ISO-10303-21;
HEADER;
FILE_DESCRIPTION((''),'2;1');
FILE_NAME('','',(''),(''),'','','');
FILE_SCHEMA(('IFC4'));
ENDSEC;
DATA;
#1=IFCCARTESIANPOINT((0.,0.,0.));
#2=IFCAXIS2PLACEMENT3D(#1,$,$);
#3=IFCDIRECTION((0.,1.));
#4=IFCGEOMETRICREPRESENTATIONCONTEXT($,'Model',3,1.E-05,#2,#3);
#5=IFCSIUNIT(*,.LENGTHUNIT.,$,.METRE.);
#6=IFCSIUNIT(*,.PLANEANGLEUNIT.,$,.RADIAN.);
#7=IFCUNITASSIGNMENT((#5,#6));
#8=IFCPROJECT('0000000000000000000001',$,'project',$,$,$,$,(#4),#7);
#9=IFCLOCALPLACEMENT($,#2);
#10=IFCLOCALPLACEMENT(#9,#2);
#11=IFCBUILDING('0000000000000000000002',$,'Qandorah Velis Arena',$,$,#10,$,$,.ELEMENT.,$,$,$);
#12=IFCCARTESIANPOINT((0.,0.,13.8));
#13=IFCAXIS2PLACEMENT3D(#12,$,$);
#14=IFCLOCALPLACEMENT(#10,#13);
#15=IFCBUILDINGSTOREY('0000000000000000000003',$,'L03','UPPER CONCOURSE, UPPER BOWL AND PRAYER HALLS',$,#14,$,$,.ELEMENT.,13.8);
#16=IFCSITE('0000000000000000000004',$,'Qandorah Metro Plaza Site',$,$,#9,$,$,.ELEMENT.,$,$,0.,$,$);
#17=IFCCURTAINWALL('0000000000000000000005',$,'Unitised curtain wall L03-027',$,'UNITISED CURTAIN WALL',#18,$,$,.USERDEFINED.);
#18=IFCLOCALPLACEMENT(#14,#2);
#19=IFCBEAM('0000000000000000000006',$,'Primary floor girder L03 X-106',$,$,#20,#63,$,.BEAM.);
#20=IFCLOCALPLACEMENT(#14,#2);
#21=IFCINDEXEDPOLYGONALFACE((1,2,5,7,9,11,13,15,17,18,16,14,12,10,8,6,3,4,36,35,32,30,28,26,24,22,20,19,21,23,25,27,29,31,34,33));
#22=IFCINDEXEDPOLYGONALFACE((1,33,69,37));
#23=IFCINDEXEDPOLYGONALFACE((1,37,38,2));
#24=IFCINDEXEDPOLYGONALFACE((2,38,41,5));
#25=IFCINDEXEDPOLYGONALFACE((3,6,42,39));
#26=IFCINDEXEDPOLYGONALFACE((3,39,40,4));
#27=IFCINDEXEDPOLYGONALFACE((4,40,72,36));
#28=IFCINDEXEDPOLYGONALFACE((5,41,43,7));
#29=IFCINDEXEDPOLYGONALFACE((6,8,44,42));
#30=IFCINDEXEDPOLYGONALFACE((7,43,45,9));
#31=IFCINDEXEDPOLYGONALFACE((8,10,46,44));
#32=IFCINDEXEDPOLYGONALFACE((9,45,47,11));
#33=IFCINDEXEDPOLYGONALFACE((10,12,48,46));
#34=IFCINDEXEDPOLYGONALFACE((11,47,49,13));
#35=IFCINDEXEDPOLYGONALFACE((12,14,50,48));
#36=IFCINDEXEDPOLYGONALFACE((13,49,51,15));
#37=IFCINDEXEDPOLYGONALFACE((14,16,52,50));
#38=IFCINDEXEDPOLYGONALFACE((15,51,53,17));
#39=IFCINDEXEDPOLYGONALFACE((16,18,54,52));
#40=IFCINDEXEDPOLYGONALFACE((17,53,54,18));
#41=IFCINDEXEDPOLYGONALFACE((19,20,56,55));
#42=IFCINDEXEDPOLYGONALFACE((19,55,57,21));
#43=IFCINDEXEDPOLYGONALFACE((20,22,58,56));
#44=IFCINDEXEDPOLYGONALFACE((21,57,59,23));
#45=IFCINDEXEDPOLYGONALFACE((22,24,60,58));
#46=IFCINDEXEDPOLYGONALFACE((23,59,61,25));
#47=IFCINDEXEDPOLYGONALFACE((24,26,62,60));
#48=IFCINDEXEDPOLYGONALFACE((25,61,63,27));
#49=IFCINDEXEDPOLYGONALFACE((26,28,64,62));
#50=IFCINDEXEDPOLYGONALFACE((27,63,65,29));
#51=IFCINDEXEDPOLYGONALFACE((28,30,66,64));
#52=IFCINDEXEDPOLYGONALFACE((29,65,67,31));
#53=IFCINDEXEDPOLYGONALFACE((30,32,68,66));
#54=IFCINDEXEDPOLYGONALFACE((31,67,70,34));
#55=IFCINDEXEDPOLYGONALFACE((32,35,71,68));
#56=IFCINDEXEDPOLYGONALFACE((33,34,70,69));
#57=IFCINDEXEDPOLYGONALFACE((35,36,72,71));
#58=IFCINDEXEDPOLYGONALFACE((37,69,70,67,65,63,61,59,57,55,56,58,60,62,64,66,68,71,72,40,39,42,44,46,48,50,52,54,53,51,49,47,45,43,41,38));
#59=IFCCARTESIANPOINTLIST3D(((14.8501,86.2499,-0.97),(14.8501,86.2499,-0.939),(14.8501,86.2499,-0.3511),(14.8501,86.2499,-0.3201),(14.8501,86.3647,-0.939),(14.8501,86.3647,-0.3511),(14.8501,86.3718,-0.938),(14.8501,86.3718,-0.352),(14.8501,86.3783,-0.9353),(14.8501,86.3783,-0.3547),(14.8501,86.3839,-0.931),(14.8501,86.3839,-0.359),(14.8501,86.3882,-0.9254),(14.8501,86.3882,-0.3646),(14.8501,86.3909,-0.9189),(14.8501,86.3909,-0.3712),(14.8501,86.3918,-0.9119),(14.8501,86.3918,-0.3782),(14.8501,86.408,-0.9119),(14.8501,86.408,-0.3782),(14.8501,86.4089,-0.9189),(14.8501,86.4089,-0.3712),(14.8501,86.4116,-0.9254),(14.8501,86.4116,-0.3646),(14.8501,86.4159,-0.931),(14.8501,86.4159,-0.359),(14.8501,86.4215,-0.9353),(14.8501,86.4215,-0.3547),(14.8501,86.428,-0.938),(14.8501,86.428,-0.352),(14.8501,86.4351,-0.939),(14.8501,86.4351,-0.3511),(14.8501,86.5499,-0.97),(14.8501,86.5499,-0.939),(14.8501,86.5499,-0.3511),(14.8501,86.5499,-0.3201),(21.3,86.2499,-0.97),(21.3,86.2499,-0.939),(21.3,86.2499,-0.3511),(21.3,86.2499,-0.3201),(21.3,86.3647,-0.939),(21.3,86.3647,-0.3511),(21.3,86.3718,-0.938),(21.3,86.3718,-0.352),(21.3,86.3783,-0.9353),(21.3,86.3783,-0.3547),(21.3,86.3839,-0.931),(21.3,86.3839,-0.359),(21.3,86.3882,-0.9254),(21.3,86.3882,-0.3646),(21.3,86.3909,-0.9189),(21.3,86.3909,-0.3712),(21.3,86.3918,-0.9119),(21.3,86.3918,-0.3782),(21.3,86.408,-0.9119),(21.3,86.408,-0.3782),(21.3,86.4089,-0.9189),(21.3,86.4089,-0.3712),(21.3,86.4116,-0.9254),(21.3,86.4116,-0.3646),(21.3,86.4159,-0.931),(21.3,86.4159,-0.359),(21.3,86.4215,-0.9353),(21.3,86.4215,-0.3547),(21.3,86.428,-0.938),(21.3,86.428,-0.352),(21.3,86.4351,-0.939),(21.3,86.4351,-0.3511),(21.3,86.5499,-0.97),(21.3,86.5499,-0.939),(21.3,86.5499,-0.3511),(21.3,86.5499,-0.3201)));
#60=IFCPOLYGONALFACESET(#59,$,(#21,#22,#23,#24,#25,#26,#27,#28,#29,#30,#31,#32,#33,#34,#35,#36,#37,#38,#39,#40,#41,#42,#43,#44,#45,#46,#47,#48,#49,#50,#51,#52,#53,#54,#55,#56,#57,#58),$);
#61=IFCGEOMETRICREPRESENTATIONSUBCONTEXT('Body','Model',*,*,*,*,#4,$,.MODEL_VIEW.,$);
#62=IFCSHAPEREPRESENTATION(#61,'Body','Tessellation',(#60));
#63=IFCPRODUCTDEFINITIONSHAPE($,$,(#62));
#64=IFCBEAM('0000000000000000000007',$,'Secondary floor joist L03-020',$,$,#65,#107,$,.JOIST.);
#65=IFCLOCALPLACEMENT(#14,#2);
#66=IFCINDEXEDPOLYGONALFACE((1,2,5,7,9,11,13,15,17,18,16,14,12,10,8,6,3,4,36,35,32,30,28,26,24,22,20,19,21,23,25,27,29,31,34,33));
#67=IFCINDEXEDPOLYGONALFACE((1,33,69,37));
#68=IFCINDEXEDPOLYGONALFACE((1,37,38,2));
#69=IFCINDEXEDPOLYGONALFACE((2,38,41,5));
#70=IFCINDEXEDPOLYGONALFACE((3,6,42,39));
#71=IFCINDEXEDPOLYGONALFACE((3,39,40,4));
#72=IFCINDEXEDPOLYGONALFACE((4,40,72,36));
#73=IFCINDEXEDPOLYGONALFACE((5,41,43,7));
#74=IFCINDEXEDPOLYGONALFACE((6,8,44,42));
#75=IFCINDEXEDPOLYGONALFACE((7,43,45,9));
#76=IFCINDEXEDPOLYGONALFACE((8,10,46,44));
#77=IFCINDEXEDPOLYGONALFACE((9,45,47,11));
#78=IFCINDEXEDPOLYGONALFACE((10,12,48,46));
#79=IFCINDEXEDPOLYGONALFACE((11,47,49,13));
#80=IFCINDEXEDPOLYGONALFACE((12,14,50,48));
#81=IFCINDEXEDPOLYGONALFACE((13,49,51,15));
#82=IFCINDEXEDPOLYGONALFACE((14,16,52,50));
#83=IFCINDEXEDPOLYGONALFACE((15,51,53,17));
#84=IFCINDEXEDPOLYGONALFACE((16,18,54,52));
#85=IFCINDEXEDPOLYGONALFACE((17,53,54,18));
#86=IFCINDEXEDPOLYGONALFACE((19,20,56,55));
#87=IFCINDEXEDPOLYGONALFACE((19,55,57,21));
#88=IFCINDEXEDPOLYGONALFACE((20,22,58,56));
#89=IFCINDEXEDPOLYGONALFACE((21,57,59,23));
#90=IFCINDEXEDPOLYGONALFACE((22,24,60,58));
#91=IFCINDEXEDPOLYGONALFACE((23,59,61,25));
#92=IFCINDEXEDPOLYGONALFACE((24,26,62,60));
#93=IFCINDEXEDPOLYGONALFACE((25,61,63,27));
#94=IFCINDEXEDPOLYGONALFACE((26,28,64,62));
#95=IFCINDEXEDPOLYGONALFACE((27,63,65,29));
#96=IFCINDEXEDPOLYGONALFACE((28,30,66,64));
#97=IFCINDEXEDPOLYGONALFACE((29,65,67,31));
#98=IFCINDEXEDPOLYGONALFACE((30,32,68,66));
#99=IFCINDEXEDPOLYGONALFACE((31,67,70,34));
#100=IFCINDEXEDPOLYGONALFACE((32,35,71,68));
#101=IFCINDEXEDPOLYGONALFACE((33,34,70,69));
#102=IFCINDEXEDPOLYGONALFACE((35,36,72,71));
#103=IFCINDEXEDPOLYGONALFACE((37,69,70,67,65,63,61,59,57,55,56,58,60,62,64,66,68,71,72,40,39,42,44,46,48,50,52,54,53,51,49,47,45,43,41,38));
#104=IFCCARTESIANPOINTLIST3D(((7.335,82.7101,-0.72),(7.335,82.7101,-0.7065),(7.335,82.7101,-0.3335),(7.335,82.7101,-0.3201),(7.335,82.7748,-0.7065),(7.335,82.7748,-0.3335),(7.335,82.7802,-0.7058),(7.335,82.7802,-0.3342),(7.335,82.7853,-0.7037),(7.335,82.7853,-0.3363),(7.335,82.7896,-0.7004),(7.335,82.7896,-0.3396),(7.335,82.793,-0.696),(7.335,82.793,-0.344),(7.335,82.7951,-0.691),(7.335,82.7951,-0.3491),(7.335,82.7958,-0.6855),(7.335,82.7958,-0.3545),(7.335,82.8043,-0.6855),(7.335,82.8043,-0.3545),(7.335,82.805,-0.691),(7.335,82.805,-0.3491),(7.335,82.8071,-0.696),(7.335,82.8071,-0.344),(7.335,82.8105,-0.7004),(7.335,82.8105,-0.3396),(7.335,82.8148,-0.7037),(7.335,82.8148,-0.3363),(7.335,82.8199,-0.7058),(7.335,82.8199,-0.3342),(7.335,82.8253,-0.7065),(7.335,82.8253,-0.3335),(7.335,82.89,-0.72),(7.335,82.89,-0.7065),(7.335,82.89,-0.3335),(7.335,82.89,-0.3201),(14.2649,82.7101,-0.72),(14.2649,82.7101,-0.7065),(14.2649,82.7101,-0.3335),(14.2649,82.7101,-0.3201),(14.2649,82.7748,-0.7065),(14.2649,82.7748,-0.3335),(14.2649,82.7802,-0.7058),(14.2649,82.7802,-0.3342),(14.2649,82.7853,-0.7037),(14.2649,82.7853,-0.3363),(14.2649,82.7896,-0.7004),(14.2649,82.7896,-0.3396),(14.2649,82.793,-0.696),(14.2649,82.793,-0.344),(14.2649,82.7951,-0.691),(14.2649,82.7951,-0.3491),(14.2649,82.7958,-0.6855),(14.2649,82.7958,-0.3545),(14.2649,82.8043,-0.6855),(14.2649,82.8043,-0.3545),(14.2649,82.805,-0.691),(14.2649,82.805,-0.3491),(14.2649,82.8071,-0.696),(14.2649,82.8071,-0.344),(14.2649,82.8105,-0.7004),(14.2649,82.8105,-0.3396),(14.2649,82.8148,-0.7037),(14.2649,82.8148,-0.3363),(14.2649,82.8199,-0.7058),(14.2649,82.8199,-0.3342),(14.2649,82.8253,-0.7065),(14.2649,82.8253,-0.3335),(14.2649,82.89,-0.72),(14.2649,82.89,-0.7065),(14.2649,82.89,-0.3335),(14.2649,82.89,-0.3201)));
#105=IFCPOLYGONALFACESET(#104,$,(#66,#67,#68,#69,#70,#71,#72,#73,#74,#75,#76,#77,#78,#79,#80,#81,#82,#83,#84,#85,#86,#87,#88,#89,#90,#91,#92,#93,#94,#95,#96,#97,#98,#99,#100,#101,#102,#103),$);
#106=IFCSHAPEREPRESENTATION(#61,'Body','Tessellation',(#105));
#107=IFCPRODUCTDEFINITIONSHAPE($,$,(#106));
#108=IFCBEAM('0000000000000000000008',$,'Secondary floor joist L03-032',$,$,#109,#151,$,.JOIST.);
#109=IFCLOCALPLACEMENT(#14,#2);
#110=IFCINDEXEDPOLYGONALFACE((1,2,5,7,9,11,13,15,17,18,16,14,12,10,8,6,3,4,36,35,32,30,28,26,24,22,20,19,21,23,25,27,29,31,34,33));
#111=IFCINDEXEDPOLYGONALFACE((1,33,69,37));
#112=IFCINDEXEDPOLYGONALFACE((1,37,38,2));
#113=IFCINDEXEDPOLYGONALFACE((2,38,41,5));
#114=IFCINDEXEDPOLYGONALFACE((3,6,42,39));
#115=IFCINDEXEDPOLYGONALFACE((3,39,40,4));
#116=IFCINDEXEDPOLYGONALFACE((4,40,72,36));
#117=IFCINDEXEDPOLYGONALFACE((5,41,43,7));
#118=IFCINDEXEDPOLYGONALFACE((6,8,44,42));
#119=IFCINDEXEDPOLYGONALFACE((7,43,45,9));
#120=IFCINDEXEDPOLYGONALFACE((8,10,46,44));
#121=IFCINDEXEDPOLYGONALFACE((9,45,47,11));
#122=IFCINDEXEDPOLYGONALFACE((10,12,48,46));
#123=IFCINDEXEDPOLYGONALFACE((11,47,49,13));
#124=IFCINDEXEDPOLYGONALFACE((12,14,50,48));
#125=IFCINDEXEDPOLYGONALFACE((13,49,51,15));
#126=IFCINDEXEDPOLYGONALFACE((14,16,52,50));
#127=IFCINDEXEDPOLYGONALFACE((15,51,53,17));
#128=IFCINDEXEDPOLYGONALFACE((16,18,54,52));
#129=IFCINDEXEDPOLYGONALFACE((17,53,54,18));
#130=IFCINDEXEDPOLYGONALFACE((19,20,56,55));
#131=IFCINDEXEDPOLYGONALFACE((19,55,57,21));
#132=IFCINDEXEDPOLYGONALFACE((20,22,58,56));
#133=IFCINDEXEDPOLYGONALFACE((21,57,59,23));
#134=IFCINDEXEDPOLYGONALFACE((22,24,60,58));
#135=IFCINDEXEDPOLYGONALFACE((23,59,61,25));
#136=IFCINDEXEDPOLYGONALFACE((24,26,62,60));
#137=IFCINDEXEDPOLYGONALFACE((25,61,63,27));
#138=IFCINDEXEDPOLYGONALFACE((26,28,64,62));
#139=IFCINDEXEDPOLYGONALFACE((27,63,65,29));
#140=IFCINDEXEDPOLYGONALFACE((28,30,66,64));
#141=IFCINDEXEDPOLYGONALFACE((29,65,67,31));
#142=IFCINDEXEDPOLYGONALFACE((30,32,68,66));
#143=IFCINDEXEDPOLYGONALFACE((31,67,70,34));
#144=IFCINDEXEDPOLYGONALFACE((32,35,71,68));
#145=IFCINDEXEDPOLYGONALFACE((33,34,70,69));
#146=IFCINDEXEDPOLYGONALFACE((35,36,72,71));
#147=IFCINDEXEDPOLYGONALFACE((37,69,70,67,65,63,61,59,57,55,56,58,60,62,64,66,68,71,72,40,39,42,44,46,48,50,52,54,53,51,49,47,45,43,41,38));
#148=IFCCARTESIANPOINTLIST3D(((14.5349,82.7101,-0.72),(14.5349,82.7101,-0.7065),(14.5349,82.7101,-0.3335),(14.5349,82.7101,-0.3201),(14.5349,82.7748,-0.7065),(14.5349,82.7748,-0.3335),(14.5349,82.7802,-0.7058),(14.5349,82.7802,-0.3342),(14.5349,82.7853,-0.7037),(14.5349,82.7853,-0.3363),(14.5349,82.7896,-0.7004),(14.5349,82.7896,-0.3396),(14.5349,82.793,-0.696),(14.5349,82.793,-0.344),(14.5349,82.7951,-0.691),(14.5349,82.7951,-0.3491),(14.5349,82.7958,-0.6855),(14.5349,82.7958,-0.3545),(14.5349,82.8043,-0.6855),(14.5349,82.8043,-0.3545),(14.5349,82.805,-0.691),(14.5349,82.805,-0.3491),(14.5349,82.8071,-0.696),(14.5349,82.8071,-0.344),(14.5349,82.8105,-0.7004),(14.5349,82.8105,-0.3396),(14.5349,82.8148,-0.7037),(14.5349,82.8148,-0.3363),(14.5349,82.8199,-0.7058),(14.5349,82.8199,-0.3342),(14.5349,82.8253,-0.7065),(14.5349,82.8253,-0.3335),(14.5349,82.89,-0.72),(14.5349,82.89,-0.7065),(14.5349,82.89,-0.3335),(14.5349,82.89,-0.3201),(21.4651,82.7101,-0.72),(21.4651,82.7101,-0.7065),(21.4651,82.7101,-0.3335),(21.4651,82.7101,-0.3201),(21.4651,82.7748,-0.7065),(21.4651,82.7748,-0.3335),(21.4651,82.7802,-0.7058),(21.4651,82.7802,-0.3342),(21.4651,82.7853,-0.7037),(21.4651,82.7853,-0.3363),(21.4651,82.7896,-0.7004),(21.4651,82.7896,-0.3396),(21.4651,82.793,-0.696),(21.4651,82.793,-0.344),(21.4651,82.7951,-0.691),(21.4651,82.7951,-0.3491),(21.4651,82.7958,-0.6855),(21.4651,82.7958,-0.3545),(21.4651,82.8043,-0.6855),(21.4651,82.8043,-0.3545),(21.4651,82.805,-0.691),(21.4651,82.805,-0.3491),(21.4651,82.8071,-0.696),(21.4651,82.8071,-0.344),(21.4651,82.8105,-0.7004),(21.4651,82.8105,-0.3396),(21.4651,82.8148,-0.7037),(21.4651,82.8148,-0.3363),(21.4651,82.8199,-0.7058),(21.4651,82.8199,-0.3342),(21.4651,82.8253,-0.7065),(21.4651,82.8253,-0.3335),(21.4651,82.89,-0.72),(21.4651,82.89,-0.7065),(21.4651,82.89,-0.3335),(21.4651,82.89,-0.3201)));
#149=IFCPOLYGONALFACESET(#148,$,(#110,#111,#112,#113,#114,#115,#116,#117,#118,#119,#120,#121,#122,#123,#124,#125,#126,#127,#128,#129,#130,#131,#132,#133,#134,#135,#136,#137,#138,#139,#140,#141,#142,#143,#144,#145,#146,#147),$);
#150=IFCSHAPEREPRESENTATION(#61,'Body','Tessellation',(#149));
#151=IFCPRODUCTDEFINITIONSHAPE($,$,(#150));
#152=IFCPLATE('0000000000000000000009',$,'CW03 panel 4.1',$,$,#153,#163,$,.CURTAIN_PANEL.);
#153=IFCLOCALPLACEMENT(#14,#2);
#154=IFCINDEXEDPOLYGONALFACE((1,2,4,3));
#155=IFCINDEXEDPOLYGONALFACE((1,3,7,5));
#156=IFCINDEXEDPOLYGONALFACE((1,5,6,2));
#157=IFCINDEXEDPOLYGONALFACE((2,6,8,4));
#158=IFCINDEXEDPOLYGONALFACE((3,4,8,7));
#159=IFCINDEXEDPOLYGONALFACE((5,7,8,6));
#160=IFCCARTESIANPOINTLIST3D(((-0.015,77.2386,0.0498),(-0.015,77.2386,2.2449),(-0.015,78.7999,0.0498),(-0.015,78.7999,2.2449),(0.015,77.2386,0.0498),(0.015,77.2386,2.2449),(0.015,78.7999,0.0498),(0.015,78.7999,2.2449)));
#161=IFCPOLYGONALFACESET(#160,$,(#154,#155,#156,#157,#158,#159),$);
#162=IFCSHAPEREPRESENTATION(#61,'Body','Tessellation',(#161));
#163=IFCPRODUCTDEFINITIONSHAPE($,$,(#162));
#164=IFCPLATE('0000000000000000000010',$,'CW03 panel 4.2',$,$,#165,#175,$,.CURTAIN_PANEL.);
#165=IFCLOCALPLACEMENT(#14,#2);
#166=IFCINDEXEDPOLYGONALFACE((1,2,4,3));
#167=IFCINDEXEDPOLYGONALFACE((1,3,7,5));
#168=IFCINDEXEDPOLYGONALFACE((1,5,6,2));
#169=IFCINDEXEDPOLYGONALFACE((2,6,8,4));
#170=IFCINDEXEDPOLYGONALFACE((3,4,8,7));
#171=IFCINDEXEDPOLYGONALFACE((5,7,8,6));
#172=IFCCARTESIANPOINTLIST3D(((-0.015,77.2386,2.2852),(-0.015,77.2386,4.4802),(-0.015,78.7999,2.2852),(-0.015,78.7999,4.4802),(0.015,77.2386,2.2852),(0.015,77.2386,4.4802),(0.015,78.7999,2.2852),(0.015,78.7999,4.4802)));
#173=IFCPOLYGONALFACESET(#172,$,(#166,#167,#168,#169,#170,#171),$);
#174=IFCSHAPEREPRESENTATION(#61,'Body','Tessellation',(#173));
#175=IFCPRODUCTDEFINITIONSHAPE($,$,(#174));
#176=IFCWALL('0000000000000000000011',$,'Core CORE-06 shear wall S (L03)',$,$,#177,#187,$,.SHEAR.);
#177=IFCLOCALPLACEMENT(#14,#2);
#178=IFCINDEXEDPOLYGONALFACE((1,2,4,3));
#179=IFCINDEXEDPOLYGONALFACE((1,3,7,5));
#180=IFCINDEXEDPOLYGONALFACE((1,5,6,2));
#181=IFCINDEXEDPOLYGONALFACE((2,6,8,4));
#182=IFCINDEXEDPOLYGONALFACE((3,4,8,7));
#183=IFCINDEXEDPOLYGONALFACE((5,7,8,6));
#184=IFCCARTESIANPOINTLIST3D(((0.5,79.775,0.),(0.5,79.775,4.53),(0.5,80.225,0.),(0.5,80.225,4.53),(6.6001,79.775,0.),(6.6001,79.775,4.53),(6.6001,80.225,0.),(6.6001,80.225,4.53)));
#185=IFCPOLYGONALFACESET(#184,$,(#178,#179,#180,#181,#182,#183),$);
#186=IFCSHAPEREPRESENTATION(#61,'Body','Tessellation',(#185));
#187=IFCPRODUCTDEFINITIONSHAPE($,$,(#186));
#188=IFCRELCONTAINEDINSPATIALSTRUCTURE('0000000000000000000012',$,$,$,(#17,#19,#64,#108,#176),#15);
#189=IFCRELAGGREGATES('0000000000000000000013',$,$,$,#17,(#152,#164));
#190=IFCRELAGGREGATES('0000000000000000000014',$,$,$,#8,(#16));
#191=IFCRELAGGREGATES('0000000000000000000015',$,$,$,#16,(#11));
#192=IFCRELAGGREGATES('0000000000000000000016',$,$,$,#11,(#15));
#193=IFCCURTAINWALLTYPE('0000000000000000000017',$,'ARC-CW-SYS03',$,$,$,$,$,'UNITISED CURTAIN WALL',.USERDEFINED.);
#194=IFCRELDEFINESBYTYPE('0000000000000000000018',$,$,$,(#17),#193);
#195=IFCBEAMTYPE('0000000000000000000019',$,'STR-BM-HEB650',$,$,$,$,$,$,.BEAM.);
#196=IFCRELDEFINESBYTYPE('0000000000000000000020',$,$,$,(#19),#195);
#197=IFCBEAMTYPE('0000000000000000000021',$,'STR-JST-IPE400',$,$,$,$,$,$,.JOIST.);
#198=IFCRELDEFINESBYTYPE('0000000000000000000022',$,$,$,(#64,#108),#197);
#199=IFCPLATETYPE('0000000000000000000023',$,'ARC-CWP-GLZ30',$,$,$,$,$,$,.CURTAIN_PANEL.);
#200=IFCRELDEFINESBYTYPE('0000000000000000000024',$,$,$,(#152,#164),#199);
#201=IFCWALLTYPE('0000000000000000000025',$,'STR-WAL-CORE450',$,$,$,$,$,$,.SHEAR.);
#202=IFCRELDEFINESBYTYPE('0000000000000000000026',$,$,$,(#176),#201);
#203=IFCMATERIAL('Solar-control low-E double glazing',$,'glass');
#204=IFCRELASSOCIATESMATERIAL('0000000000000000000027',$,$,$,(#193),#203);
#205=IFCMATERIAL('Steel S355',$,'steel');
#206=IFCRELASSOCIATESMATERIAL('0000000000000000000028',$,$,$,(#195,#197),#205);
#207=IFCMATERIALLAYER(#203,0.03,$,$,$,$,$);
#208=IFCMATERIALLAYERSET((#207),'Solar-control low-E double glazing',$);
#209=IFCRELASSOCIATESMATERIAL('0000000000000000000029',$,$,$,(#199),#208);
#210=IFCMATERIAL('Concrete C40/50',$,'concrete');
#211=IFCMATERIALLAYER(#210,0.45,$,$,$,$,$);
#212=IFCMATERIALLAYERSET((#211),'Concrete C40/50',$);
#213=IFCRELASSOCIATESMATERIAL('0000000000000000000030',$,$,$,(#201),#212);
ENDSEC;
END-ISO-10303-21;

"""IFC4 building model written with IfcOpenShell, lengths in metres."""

from ifc_helpers import new_model, si_unit, direction, frame, frame_2d, origin, origin_2d, place, context, subcontext, project, spatial, rectangle, i_section, extrude, material, layer, layer_set, material_profile, profile_set, type_object, element, aggregate, save


model = new_model("IFC4")

# Units and contexts
model_context = context("Model", 3, precision=1e-05, world=origin(), true_north=direction((0.0, 1.0)))
body_context = subcontext(model_context, "Body", "Model", "MODEL_VIEW")
ifc_project = project(units=[si_unit("LENGTHUNIT", "METRE"), si_unit("PLANEANGLEUNIT", "RADIAN")], contexts=[model_context])

# Site, building, storey
site_placement = place(None, origin())
site = spatial("IfcSite", under=ifc_project, at=site_placement, Name="Qandorah Metro Plaza Site", CompositionType="ELEMENT", RefElevation=0.0)
building_placement = place(site_placement, origin())
building = spatial("IfcBuilding", under=site, at=building_placement, Name="Qandorah Velis Arena", CompositionType="ELEMENT")
storey_placement = place(building_placement, frame((0.0, 0.0, 13.8)))
storey = spatial("IfcBuildingStorey", under=building, at=storey_placement, Name="L03", Description="UPPER CONCOURSE, UPPER BOWL AND PRAYER HALLS", CompositionType="ELEMENT", Elevation=13.8)

# Shared definitions
ifc_material_1 = material(Name="Concrete C40/50", Category="concrete")

# Curtain wall
ifc_material_2 = material(Name="Solar-control low-E double glazing", Category="glass")
curtain_wall_type = type_object("IfcCurtainWallType", Name="ARC-CW-SYS03", ElementType="UNITISED CURTAIN WALL", PredefinedType="USERDEFINED", material=ifc_material_2)
curtain_wall_placement = place(storey_placement, origin())
curtain_wall = element("IfcCurtainWall", 1, at=curtain_wall_placement, inside=storey, type_object=curtain_wall_type, Name="Unitised curtain wall L03-027", ObjectType="UNITISED CURTAIN WALL", PredefinedType="USERDEFINED")

# Beams
ifc_material_3 = material(Name="Steel S355", Category="steel")
ifc_material_profile_1 = material_profile(ifc_material_3, i_section(OverallWidth=0.3, OverallDepth=0.6499, WebThickness=0.0161, FlangeThickness=0.031, FilletRadius=0.0271, at=origin_2d()), Name="HEB 650")
ifc_profile_set_1 = profile_set([ifc_material_profile_1], Name="Steel S355")
beam_type_1 = type_object("IfcBeamType", Name="STR-BM-HEB650", PredefinedType="BEAM", material=ifc_profile_set_1)
for number, where, z_axis, x_axis, name in (
    (2, (14.8501, 86.3999, -0.645), (1.0, 0.0, 0.0), (0.0, 1.0, 0.0), "Primary floor girder L03 X-106"),
):
    element("IfcBeam", number, at=place(storey_placement, frame(where, z_axis=z_axis, x_axis=x_axis)), inside=storey, type_object=beam_type_1, Name=name, PredefinedType="BEAM", context=body_context, shape_type="SweptSolid", body=[
        extrude(i_section(OverallWidth=0.3, OverallDepth=0.6499, WebThickness=0.0161, FlangeThickness=0.031, FilletRadius=0.0271, at=origin_2d()), origin(), (0.0, 0.0, 1.0), 6.45),
    ])
ifc_material_profile_2 = material_profile(ifc_material_3, i_section(OverallWidth=0.1799, OverallDepth=0.3999, WebThickness=0.0085, FlangeThickness=0.0134, FilletRadius=0.021, at=origin_2d()), Name="IPE 400")
ifc_profile_set_2 = profile_set([ifc_material_profile_2], Name="Steel S355")
beam_type_2 = type_object("IfcBeamType", Name="STR-JST-IPE400", PredefinedType="JOIST", material=ifc_profile_set_2)
beam_1_placement = place(storey_placement, frame((7.335, 82.8, -0.52), z_axis=(1.0, 0.0, 0.0), x_axis=(0.0, 1.0, 0.0)))
element("IfcBeam", 3, at=beam_1_placement, inside=storey, type_object=beam_type_2, Name="Secondary floor joist L03-020", PredefinedType="JOIST", context=body_context, shape_type="SweptSolid", body=[
    extrude(i_section(OverallWidth=0.1799, OverallDepth=0.3999, WebThickness=0.0085, FlangeThickness=0.0134, FilletRadius=0.021, at=origin_2d()), origin(), (0.0, 0.0, 1.0), 6.9299),
])
beam_2_placement = place(storey_placement, frame((14.5349, 82.8, -0.52), z_axis=(1.0, 0.0, 0.0), x_axis=(0.0, 1.0, 0.0)))
element("IfcBeam", 4, at=beam_2_placement, inside=storey, type_object=beam_type_2, Name="Secondary floor joist L03-032", PredefinedType="JOIST", context=body_context, shape_type="SweptSolid", body=[
    extrude(i_section(OverallWidth=0.1799, OverallDepth=0.3999, WebThickness=0.0085, FlangeThickness=0.0134, FilletRadius=0.021, at=origin_2d()), origin(), (0.0, 0.0, 1.0), 6.9302),
])

# Plates
ifc_layer_1 = layer(ifc_material_2, 0.03)
ifc_layer_set_1 = layer_set([ifc_layer_1], Name="Solar-control low-E double glazing")
plate_type = type_object("IfcPlateType", Name="ARC-CWP-GLZ30", PredefinedType="CURTAIN_PANEL", material=ifc_layer_set_1)
plate_1_placement = place(storey_placement, frame((0.0, 78.0193, 0.0498), z_axis=(0.0, 0.0, 1.0), x_axis=(0.0, 1.0, 0.0)))
plate_1 = element("IfcPlate", 5, at=plate_1_placement, type_object=plate_type, Name="CW03 panel 4.1", PredefinedType="CURTAIN_PANEL", context=body_context, shape_type="SweptSolid", body=[
    extrude(rectangle(XDim=1.5613, YDim=0.03, at=origin_2d()), origin(), (0.0, 0.0, 1.0), 2.1951),
])
plate_2_placement = place(storey_placement, frame((0.0, 78.0193, 2.2852), z_axis=(0.0, 0.0, 1.0), x_axis=(0.0, 1.0, 0.0)))
plate_2 = element("IfcPlate", 6, at=plate_2_placement, type_object=plate_type, Name="CW03 panel 4.2", PredefinedType="CURTAIN_PANEL", context=body_context, shape_type="SweptSolid", body=[
    extrude(rectangle(XDim=1.5613, YDim=0.03, at=origin_2d()), origin(), (0.0, 0.0, 1.0), 2.1951),
])
aggregate(curtain_wall, [plate_1, plate_2])

# Wall
ifc_layer_2 = layer(ifc_material_1, 0.45)
ifc_layer_set_2 = layer_set([ifc_layer_2], Name="Concrete C40/50")
wall_type_1 = type_object("IfcWallType", Name="STR-WAL-CORE450", PredefinedType="SHEAR", material=ifc_layer_set_2)
wall_1_placement = place(storey_placement, frame((0.5, 80.0, 0.0), z_axis=(0.0, 0.0, 1.0), x_axis=(1.0, 0.0, 0.0)))
element("IfcWall", 7, at=wall_1_placement, inside=storey, type_object=wall_type_1, Name="Core CORE-06 shear wall S (L03)", PredefinedType="SHEAR", context=body_context, shape_type="SweptSolid", body=[
    extrude(rectangle(XDim=6.1001, YDim=0.45, at=frame_2d((3.05, 0.0))), origin(), (0.0, 0.0, 1.0), 4.53),
])

save(model, "model.ifc")
